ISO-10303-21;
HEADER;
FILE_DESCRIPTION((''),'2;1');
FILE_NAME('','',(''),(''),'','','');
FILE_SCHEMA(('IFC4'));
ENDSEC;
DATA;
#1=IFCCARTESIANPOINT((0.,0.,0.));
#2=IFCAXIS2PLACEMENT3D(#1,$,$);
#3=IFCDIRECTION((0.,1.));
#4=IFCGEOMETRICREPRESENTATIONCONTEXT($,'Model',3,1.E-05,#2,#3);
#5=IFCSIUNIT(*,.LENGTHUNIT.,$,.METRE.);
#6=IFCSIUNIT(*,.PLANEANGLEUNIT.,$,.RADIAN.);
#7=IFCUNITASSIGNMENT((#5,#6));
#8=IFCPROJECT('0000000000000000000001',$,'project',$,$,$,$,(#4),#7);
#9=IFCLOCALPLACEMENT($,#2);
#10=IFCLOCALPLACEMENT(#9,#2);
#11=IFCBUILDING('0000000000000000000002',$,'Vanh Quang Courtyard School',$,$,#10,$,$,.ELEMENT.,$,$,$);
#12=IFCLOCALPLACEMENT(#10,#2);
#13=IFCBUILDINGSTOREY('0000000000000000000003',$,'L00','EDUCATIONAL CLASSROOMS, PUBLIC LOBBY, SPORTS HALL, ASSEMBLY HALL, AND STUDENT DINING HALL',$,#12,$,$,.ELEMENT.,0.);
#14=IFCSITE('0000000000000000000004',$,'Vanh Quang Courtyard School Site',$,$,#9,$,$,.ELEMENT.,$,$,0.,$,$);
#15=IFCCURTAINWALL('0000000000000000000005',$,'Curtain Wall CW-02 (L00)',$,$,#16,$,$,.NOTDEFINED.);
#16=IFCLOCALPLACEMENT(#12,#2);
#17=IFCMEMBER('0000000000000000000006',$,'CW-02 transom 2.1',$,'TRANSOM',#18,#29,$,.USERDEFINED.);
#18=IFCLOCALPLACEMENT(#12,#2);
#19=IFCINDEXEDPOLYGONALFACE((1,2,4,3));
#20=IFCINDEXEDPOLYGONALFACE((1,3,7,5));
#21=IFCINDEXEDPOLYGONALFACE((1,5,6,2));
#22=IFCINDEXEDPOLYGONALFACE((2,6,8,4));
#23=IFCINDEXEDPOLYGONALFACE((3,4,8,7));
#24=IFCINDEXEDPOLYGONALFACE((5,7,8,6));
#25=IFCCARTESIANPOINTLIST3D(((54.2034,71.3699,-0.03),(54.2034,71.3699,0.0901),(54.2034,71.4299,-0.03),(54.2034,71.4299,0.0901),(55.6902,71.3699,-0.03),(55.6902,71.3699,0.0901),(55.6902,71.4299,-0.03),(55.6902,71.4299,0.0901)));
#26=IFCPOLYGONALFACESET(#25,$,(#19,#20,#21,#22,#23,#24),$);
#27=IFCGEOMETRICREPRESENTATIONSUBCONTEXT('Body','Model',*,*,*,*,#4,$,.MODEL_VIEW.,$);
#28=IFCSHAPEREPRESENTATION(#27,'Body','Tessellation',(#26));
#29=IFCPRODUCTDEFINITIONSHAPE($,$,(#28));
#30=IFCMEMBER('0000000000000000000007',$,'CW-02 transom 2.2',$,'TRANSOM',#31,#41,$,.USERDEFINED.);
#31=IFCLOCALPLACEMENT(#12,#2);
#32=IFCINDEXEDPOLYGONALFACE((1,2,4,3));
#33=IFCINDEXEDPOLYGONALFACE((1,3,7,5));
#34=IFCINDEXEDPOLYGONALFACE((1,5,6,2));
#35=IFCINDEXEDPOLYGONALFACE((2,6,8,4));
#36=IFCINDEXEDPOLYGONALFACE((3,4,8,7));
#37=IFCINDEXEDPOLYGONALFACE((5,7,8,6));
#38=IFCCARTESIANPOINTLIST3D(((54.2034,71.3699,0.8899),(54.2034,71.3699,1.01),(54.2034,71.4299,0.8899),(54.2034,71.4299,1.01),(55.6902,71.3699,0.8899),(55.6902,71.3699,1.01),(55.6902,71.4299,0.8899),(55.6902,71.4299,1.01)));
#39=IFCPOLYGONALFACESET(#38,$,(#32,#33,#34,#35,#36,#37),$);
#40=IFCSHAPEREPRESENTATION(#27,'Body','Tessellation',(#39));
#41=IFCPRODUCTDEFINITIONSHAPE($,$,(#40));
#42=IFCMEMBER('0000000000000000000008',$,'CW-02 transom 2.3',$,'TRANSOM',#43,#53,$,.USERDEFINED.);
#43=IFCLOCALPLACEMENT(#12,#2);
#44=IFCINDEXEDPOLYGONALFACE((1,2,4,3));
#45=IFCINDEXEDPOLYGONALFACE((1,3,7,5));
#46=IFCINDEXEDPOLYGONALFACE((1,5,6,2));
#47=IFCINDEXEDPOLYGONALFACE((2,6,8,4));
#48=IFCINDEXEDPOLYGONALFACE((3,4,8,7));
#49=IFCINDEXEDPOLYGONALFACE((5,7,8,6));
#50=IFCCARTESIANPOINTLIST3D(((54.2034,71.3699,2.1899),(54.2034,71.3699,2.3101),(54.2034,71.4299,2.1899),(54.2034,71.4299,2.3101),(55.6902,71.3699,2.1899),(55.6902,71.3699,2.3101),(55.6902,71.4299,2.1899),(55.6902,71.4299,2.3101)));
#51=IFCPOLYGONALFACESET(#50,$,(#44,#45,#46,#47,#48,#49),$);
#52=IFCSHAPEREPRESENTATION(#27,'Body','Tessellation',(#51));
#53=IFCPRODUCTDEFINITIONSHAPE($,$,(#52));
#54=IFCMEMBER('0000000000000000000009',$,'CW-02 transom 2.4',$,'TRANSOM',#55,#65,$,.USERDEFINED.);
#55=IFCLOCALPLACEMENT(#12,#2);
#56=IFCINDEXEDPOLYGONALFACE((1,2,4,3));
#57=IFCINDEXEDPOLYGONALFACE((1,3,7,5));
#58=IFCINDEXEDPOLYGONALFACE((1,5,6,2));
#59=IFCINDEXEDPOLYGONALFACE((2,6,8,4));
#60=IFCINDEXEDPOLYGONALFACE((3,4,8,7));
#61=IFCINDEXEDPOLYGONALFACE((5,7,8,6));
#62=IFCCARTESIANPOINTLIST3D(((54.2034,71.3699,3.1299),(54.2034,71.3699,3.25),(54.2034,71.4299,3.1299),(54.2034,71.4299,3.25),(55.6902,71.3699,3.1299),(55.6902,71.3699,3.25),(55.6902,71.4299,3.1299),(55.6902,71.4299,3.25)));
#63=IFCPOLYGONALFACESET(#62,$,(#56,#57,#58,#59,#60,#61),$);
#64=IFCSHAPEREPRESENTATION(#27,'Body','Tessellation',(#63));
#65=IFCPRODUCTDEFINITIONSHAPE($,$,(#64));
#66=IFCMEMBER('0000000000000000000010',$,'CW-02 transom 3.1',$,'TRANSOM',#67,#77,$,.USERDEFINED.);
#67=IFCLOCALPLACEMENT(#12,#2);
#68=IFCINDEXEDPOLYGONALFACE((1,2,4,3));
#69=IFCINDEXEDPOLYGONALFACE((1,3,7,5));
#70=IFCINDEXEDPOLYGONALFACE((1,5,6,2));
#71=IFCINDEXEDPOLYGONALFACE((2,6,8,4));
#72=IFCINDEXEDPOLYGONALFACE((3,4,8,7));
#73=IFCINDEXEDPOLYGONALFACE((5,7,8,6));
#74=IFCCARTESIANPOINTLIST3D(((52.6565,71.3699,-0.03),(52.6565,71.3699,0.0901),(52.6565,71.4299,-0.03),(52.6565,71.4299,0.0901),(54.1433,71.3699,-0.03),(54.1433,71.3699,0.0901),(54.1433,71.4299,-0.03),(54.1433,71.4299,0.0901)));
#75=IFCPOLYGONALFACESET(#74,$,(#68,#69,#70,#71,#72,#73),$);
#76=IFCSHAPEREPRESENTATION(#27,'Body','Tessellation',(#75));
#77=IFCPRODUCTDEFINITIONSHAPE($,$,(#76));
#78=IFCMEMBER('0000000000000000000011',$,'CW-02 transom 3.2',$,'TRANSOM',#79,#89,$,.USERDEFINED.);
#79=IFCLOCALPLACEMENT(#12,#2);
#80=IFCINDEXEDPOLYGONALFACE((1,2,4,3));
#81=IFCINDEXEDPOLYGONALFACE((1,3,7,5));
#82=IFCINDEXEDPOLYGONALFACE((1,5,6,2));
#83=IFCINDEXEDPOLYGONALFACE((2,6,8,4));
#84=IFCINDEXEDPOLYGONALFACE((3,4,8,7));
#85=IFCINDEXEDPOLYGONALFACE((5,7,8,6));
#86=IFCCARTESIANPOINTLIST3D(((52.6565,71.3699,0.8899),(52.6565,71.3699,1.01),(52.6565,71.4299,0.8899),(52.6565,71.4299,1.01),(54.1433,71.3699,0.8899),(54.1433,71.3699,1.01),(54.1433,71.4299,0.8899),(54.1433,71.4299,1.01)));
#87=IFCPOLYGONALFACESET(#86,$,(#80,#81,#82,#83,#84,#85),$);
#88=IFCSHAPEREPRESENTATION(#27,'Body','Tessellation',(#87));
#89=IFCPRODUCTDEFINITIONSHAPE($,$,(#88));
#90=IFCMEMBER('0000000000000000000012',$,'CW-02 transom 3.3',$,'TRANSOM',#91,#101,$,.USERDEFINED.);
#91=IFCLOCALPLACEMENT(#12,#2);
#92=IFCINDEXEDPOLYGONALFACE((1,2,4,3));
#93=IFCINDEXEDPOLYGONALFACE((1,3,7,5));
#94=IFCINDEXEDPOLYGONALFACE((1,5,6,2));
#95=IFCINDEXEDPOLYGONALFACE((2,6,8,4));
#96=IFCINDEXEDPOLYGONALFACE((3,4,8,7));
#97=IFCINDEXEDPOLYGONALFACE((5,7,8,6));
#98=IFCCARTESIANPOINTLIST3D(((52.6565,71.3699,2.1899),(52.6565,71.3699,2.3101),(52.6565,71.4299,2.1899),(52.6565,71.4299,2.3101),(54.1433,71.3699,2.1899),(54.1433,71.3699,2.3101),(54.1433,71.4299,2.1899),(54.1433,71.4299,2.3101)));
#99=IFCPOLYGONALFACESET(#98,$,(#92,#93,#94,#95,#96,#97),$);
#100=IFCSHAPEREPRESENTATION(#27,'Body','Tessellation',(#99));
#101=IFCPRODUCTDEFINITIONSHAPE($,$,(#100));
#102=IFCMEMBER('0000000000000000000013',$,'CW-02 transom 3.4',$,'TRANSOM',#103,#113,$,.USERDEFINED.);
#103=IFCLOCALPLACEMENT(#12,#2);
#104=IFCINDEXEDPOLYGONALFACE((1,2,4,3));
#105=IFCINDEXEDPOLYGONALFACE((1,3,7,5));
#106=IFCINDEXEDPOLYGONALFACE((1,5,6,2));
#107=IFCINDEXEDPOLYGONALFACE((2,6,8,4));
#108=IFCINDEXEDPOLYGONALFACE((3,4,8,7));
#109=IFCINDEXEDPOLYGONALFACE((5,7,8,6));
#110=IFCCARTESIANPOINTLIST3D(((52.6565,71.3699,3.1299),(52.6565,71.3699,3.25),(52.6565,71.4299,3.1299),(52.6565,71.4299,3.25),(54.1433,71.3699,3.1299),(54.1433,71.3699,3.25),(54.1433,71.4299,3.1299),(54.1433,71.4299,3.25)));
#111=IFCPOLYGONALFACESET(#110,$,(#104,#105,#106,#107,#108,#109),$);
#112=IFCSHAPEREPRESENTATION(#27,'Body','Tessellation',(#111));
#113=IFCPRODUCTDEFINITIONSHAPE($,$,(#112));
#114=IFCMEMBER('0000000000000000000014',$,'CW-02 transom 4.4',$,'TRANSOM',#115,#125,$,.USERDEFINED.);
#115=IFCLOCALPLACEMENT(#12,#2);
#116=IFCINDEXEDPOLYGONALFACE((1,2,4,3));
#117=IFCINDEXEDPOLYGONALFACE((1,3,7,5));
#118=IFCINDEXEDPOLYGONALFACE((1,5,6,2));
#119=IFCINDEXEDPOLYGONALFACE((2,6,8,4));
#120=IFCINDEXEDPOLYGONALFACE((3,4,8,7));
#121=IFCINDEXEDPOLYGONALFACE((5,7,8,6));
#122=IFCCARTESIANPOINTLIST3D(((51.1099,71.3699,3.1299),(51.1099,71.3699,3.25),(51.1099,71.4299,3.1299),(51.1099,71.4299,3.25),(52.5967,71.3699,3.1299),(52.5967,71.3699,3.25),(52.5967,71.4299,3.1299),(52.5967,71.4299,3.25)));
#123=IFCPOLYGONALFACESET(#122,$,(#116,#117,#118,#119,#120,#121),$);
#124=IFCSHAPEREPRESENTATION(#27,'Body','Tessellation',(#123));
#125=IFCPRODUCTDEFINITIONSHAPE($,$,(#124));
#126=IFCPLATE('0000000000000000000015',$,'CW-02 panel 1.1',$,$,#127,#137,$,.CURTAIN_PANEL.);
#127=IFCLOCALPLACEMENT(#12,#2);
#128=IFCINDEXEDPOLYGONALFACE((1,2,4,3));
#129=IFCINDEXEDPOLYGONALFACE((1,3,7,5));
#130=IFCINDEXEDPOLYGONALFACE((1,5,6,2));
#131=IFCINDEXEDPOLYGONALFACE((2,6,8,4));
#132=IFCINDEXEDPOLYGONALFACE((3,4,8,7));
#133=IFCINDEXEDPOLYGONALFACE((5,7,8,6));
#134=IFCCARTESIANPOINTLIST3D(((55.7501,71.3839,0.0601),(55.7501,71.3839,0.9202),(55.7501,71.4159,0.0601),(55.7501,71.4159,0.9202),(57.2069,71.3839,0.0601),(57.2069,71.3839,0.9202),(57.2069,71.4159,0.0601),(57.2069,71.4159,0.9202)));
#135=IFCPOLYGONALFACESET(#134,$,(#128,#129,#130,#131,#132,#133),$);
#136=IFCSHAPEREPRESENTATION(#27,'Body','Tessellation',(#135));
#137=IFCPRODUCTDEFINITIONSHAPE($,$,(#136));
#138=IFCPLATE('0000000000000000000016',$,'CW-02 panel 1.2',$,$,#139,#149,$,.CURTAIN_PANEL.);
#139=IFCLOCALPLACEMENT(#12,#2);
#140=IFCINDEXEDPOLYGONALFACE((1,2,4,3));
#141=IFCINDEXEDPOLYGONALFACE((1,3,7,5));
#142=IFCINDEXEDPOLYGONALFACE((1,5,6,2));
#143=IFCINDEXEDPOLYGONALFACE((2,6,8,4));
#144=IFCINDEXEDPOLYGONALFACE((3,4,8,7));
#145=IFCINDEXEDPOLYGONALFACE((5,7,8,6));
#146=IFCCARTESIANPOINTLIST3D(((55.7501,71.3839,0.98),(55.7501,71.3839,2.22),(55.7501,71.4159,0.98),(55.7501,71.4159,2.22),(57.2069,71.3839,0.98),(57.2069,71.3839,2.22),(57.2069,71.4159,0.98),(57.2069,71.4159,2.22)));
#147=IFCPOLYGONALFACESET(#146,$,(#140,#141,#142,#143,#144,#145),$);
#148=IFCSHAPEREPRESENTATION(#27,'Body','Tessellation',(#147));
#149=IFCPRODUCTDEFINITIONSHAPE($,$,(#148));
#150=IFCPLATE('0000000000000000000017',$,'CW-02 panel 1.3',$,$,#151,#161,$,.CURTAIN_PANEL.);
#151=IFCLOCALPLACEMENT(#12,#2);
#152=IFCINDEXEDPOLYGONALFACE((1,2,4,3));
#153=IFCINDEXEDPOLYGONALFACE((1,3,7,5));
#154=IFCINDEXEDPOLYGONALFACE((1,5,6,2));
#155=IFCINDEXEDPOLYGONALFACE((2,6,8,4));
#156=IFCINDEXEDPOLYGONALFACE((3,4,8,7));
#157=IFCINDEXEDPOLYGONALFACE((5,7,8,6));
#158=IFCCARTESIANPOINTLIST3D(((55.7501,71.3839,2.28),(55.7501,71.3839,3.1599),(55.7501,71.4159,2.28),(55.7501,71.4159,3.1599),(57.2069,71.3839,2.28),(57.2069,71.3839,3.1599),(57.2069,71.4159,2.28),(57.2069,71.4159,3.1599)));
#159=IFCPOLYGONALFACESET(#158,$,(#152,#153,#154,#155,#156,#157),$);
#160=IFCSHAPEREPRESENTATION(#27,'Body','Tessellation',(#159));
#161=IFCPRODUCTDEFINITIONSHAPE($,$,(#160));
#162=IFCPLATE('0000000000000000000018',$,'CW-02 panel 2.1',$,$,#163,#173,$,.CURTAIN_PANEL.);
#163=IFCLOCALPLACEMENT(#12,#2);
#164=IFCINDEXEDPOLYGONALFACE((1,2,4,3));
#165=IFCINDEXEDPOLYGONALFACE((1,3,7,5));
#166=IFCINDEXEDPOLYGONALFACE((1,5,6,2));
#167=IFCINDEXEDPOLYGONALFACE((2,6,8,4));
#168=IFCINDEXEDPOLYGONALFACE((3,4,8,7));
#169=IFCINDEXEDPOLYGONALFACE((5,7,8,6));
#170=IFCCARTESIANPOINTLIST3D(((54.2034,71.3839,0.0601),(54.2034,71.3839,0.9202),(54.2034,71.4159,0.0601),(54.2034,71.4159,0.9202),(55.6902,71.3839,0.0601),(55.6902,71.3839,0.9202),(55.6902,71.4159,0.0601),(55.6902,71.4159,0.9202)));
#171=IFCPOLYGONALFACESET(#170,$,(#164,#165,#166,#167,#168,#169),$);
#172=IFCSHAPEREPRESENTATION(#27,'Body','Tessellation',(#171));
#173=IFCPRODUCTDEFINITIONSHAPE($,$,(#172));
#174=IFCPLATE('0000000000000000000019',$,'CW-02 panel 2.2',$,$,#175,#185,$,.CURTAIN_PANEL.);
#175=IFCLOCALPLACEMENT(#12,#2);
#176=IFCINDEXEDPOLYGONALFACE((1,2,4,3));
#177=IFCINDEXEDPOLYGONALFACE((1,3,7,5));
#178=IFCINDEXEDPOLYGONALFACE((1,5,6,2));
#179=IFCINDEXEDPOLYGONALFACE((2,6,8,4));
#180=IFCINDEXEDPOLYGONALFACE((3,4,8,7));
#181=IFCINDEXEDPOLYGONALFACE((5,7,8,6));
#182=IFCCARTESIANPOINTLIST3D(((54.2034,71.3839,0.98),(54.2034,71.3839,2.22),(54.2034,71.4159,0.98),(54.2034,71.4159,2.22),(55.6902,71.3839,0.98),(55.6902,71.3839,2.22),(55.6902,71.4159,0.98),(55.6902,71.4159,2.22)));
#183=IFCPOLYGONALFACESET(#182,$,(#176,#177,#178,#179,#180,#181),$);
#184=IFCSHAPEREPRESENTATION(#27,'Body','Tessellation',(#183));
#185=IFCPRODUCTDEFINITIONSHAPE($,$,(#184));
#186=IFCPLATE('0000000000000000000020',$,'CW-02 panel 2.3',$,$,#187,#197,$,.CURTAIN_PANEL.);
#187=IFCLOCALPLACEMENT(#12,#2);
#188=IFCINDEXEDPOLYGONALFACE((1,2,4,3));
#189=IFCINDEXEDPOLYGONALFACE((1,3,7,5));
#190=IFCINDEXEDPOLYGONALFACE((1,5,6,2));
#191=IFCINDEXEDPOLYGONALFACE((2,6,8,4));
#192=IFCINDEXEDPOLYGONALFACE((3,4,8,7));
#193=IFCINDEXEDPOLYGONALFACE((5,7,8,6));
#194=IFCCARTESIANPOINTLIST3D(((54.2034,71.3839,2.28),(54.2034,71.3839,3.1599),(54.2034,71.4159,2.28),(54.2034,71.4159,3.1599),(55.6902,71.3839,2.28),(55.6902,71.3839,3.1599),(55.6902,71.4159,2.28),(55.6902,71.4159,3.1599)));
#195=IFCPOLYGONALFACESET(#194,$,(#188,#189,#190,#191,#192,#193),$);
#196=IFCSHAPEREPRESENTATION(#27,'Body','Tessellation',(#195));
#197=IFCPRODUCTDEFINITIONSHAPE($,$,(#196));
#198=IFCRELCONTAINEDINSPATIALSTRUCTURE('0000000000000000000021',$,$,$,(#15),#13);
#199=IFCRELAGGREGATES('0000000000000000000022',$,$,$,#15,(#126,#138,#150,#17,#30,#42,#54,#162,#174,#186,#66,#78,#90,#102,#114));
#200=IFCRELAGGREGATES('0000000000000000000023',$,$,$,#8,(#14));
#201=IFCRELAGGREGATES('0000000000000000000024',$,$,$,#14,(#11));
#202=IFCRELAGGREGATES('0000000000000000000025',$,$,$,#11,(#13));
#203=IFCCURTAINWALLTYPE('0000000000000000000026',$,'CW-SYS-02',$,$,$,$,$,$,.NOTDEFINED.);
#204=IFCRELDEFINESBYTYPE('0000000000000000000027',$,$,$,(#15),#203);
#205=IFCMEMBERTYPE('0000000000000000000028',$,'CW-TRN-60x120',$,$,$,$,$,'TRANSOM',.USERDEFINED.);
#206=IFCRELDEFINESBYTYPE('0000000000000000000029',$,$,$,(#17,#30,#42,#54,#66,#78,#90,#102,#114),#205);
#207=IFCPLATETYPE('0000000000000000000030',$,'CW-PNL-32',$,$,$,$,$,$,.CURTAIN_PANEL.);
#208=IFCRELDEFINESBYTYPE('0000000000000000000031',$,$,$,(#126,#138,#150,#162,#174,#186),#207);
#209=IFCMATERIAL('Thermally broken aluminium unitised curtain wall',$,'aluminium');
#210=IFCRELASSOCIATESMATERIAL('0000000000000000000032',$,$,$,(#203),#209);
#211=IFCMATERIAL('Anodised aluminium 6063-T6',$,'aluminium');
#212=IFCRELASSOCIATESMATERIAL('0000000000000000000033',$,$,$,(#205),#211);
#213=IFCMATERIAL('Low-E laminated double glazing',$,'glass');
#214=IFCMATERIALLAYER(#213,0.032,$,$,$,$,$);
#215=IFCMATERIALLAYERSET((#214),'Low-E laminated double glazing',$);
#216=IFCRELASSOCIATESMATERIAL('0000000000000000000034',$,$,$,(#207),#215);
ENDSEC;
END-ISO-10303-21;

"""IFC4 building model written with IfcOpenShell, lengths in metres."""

from ifc_helpers import new_model, si_unit, direction, frame, origin, origin_2d, place, context, subcontext, project, spatial, rectangle, extrude, material, layer, layer_set, material_profile, profile_set, type_object, element, aggregate, save


model = new_model("IFC4")

# Units and contexts
model_context = context("Model", 3, precision=1e-05, world=origin(), true_north=direction((0.0, 1.0)))
body_context = subcontext(model_context, "Body", "Model", "MODEL_VIEW")
ifc_project = project(units=[si_unit("LENGTHUNIT", "METRE"), si_unit("PLANEANGLEUNIT", "RADIAN")], contexts=[model_context])

# Site, building, storey
site_placement = place(None, origin())
site = spatial("IfcSite", under=ifc_project, at=site_placement, Name="Vanh Quang Courtyard School Site", CompositionType="ELEMENT", RefElevation=0.0)
building_placement = place(site_placement, origin())
building = spatial("IfcBuilding", under=site, at=building_placement, Name="Vanh Quang Courtyard School", CompositionType="ELEMENT")
storey_placement = place(building_placement, origin())
storey = spatial("IfcBuildingStorey", under=building, at=storey_placement, Name="L00", Description="EDUCATIONAL CLASSROOMS, PUBLIC LOBBY, SPORTS HALL, ASSEMBLY HALL, AND STUDENT DINING HALL", CompositionType="ELEMENT", Elevation=0.0)

# Curtain wall, members, plates
ifc_material_1 = material(Name="Thermally broken aluminium unitised curtain wall", Category="aluminium")
curtain_wall_type = type_object("IfcCurtainWallType", Name="CW-SYS-02", PredefinedType="NOTDEFINED", material=ifc_material_1)
curtain_wall_placement = place(storey_placement, origin())
curtain_wall = element("IfcCurtainWall", 1, at=curtain_wall_placement, inside=storey, type_object=curtain_wall_type, Name="Curtain Wall CW-02 (L00)", PredefinedType="NOTDEFINED")
ifc_material_2 = material(Name="Anodised aluminium 6063-T6", Category="aluminium")
ifc_material_profile_1 = material_profile(ifc_material_2, rectangle(XDim=0.0601, YDim=0.1201, at=origin_2d()), Name="ALU-TRN 60x120")
ifc_profile_set_1 = profile_set([ifc_material_profile_1], Name="Anodised aluminium 6063-T6")
member_type_1 = type_object("IfcMemberType", Name="CW-TRN-60x120", ElementType="TRANSOM", PredefinedType="USERDEFINED", material=ifc_profile_set_1)
member_1_placement = place(storey_placement, frame((55.6902, 71.3999, 0.03), z_axis=(-1.0, 0.0, 0.0), x_axis=(0.0, -1.0, 0.0)))
member_1 = element("IfcMember", 2, at=member_1_placement, type_object=member_type_1, Name="CW-02 transom 2.1", ObjectType="TRANSOM", PredefinedType="USERDEFINED", context=body_context, shape_type="SweptSolid", body=[
    extrude(rectangle(XDim=0.0601, YDim=0.1201, at=origin_2d()), origin(), (0.0, 0.0, 1.0), 1.4868),
])
member_2_placement = place(storey_placement, frame((55.6902, 71.3999, 0.95), z_axis=(-1.0, 0.0, 0.0), x_axis=(0.0, -1.0, 0.0)))
member_2 = element("IfcMember", 3, at=member_2_placement, type_object=member_type_1, Name="CW-02 transom 2.2", ObjectType="TRANSOM", PredefinedType="USERDEFINED", context=body_context, shape_type="SweptSolid", body=[
    extrude(rectangle(XDim=0.0601, YDim=0.1201, at=origin_2d()), origin(), (0.0, 0.0, 1.0), 1.4868),
])
member_3_placement = place(storey_placement, frame((55.6902, 71.3999, 2.25), z_axis=(-1.0, 0.0, 0.0), x_axis=(0.0, -1.0, 0.0)))
member_3 = element("IfcMember", 4, at=member_3_placement, type_object=member_type_1, Name="CW-02 transom 2.3", ObjectType="TRANSOM", PredefinedType="USERDEFINED", context=body_context, shape_type="SweptSolid", body=[
    extrude(rectangle(XDim=0.0601, YDim=0.1201, at=origin_2d()), origin(), (0.0, 0.0, 1.0), 1.4868),
])
member_4_placement = place(storey_placement, frame((55.6902, 71.3999, 3.1899), z_axis=(-1.0, 0.0, 0.0), x_axis=(0.0, -1.0, 0.0)))
member_4 = element("IfcMember", 5, at=member_4_placement, type_object=member_type_1, Name="CW-02 transom 2.4", ObjectType="TRANSOM", PredefinedType="USERDEFINED", context=body_context, shape_type="SweptSolid", body=[
    extrude(rectangle(XDim=0.0601, YDim=0.1201, at=origin_2d()), origin(), (0.0, 0.0, 1.0), 1.4868),
])
member_5_placement = place(storey_placement, frame((54.1433, 71.3999, 0.03), z_axis=(-1.0, 0.0, 0.0), x_axis=(0.0, -1.0, 0.0)))
member_5 = element("IfcMember", 6, at=member_5_placement, type_object=member_type_1, Name="CW-02 transom 3.1", ObjectType="TRANSOM", PredefinedType="USERDEFINED", context=body_context, shape_type="SweptSolid", body=[
    extrude(rectangle(XDim=0.0601, YDim=0.1201, at=origin_2d()), origin(), (0.0, 0.0, 1.0), 1.4868),
])
member_6_placement = place(storey_placement, frame((54.1433, 71.3999, 0.95), z_axis=(-1.0, 0.0, 0.0), x_axis=(0.0, -1.0, 0.0)))
member_6 = element("IfcMember", 7, at=member_6_placement, type_object=member_type_1, Name="CW-02 transom 3.2", ObjectType="TRANSOM", PredefinedType="USERDEFINED", context=body_context, shape_type="SweptSolid", body=[
    extrude(rectangle(XDim=0.0601, YDim=0.1201, at=origin_2d()), origin(), (0.0, 0.0, 1.0), 1.4868),
])
member_7_placement = place(storey_placement, frame((54.1433, 71.3999, 2.25), z_axis=(-1.0, 0.0, 0.0), x_axis=(0.0, -1.0, 0.0)))
member_7 = element("IfcMember", 8, at=member_7_placement, type_object=member_type_1, Name="CW-02 transom 3.3", ObjectType="TRANSOM", PredefinedType="USERDEFINED", context=body_context, shape_type="SweptSolid", body=[
    extrude(rectangle(XDim=0.0601, YDim=0.1201, at=origin_2d()), origin(), (0.0, 0.0, 1.0), 1.4868),
])
member_8_placement = place(storey_placement, frame((54.1433, 71.3999, 3.1899), z_axis=(-1.0, 0.0, 0.0), x_axis=(0.0, -1.0, 0.0)))
member_8 = element("IfcMember", 9, at=member_8_placement, type_object=member_type_1, Name="CW-02 transom 3.4", ObjectType="TRANSOM", PredefinedType="USERDEFINED", context=body_context, shape_type="SweptSolid", body=[
    extrude(rectangle(XDim=0.0601, YDim=0.1201, at=origin_2d()), origin(), (0.0, 0.0, 1.0), 1.4868),
])
member_9_placement = place(storey_placement, frame((52.5967, 71.3999, 3.1899), z_axis=(-1.0, 0.0, 0.0), x_axis=(0.0, -1.0, 0.0)))
member_9 = element("IfcMember", 10, at=member_9_placement, type_object=member_type_1, Name="CW-02 transom 4.4", ObjectType="TRANSOM", PredefinedType="USERDEFINED", context=body_context, shape_type="SweptSolid", body=[
    extrude(rectangle(XDim=0.0601, YDim=0.1201, at=origin_2d()), origin(), (0.0, 0.0, 1.0), 1.4868),
])
ifc_material_3 = material(Name="Low-E laminated double glazing", Category="glass")
ifc_layer = layer(ifc_material_3, 0.032)
ifc_layer_set = layer_set([ifc_layer], Name="Low-E laminated double glazing")
plate_type = type_object("IfcPlateType", Name="CW-PNL-32", PredefinedType="CURTAIN_PANEL", material=ifc_layer_set)
plate_1_placement = place(storey_placement, frame((56.4785, 71.3999, 0.0601), z_axis=(0.0, 0.0, 1.0), x_axis=(-1.0, 0.0, 0.0)))
plate_1 = element("IfcPlate", 11, at=plate_1_placement, type_object=plate_type, Name="CW-02 panel 1.1", PredefinedType="CURTAIN_PANEL", context=body_context, shape_type="SweptSolid", body=[
    extrude(rectangle(XDim=1.4568, YDim=0.032, at=origin_2d()), origin(), (0.0, 0.0, 1.0), 0.8601),
])
plate_2_placement = place(storey_placement, frame((56.4785, 71.3999, 0.98), z_axis=(0.0, 0.0, 1.0), x_axis=(-1.0, 0.0, 0.0)))
plate_2 = element("IfcPlate", 12, at=plate_2_placement, type_object=plate_type, Name="CW-02 panel 1.2", PredefinedType="CURTAIN_PANEL", context=body_context, shape_type="SweptSolid", body=[
    extrude(rectangle(XDim=1.4568, YDim=0.032, at=origin_2d()), origin(), (0.0, 0.0, 1.0), 1.24),
])
plate_3_placement = place(storey_placement, frame((56.4785, 71.3999, 2.28), z_axis=(0.0, 0.0, 1.0), x_axis=(-1.0, 0.0, 0.0)))
plate_3 = element("IfcPlate", 13, at=plate_3_placement, type_object=plate_type, Name="CW-02 panel 1.3", PredefinedType="CURTAIN_PANEL", context=body_context, shape_type="SweptSolid", body=[
    extrude(rectangle(XDim=1.4568, YDim=0.032, at=origin_2d()), origin(), (0.0, 0.0, 1.0), 0.8799),
])
plate_4_placement = place(storey_placement, frame((54.9468, 71.3999, 0.0601), z_axis=(0.0, 0.0, 1.0), x_axis=(-1.0, 0.0, 0.0)))
plate_4 = element("IfcPlate", 14, at=plate_4_placement, type_object=plate_type, Name="CW-02 panel 2.1", PredefinedType="CURTAIN_PANEL", context=body_context, shape_type="SweptSolid", body=[
    extrude(rectangle(XDim=1.4868, YDim=0.032, at=origin_2d()), origin(), (0.0, 0.0, 1.0), 0.8601),
])
plate_5_placement = place(storey_placement, frame((54.9468, 71.3999, 0.98), z_axis=(0.0, 0.0, 1.0), x_axis=(-1.0, 0.0, 0.0)))
plate_5 = element("IfcPlate", 15, at=plate_5_placement, type_object=plate_type, Name="CW-02 panel 2.2", PredefinedType="CURTAIN_PANEL", context=body_context, shape_type="SweptSolid", body=[
    extrude(rectangle(XDim=1.4868, YDim=0.032, at=origin_2d()), origin(), (0.0, 0.0, 1.0), 1.24),
])
plate_6_placement = place(storey_placement, frame((54.9468, 71.3999, 2.28), z_axis=(0.0, 0.0, 1.0), x_axis=(-1.0, 0.0, 0.0)))
plate_6 = element("IfcPlate", 16, at=plate_6_placement, type_object=plate_type, Name="CW-02 panel 2.3", PredefinedType="CURTAIN_PANEL", context=body_context, shape_type="SweptSolid", body=[
    extrude(rectangle(XDim=1.4868, YDim=0.032, at=origin_2d()), origin(), (0.0, 0.0, 1.0), 0.8799),
])
aggregate(curtain_wall, [plate_1, plate_2, plate_3, member_1, member_2, member_3, member_4, plate_4, plate_5, plate_6, member_5, member_6, member_7, member_8, member_9])

save(model, "model.ifc")
